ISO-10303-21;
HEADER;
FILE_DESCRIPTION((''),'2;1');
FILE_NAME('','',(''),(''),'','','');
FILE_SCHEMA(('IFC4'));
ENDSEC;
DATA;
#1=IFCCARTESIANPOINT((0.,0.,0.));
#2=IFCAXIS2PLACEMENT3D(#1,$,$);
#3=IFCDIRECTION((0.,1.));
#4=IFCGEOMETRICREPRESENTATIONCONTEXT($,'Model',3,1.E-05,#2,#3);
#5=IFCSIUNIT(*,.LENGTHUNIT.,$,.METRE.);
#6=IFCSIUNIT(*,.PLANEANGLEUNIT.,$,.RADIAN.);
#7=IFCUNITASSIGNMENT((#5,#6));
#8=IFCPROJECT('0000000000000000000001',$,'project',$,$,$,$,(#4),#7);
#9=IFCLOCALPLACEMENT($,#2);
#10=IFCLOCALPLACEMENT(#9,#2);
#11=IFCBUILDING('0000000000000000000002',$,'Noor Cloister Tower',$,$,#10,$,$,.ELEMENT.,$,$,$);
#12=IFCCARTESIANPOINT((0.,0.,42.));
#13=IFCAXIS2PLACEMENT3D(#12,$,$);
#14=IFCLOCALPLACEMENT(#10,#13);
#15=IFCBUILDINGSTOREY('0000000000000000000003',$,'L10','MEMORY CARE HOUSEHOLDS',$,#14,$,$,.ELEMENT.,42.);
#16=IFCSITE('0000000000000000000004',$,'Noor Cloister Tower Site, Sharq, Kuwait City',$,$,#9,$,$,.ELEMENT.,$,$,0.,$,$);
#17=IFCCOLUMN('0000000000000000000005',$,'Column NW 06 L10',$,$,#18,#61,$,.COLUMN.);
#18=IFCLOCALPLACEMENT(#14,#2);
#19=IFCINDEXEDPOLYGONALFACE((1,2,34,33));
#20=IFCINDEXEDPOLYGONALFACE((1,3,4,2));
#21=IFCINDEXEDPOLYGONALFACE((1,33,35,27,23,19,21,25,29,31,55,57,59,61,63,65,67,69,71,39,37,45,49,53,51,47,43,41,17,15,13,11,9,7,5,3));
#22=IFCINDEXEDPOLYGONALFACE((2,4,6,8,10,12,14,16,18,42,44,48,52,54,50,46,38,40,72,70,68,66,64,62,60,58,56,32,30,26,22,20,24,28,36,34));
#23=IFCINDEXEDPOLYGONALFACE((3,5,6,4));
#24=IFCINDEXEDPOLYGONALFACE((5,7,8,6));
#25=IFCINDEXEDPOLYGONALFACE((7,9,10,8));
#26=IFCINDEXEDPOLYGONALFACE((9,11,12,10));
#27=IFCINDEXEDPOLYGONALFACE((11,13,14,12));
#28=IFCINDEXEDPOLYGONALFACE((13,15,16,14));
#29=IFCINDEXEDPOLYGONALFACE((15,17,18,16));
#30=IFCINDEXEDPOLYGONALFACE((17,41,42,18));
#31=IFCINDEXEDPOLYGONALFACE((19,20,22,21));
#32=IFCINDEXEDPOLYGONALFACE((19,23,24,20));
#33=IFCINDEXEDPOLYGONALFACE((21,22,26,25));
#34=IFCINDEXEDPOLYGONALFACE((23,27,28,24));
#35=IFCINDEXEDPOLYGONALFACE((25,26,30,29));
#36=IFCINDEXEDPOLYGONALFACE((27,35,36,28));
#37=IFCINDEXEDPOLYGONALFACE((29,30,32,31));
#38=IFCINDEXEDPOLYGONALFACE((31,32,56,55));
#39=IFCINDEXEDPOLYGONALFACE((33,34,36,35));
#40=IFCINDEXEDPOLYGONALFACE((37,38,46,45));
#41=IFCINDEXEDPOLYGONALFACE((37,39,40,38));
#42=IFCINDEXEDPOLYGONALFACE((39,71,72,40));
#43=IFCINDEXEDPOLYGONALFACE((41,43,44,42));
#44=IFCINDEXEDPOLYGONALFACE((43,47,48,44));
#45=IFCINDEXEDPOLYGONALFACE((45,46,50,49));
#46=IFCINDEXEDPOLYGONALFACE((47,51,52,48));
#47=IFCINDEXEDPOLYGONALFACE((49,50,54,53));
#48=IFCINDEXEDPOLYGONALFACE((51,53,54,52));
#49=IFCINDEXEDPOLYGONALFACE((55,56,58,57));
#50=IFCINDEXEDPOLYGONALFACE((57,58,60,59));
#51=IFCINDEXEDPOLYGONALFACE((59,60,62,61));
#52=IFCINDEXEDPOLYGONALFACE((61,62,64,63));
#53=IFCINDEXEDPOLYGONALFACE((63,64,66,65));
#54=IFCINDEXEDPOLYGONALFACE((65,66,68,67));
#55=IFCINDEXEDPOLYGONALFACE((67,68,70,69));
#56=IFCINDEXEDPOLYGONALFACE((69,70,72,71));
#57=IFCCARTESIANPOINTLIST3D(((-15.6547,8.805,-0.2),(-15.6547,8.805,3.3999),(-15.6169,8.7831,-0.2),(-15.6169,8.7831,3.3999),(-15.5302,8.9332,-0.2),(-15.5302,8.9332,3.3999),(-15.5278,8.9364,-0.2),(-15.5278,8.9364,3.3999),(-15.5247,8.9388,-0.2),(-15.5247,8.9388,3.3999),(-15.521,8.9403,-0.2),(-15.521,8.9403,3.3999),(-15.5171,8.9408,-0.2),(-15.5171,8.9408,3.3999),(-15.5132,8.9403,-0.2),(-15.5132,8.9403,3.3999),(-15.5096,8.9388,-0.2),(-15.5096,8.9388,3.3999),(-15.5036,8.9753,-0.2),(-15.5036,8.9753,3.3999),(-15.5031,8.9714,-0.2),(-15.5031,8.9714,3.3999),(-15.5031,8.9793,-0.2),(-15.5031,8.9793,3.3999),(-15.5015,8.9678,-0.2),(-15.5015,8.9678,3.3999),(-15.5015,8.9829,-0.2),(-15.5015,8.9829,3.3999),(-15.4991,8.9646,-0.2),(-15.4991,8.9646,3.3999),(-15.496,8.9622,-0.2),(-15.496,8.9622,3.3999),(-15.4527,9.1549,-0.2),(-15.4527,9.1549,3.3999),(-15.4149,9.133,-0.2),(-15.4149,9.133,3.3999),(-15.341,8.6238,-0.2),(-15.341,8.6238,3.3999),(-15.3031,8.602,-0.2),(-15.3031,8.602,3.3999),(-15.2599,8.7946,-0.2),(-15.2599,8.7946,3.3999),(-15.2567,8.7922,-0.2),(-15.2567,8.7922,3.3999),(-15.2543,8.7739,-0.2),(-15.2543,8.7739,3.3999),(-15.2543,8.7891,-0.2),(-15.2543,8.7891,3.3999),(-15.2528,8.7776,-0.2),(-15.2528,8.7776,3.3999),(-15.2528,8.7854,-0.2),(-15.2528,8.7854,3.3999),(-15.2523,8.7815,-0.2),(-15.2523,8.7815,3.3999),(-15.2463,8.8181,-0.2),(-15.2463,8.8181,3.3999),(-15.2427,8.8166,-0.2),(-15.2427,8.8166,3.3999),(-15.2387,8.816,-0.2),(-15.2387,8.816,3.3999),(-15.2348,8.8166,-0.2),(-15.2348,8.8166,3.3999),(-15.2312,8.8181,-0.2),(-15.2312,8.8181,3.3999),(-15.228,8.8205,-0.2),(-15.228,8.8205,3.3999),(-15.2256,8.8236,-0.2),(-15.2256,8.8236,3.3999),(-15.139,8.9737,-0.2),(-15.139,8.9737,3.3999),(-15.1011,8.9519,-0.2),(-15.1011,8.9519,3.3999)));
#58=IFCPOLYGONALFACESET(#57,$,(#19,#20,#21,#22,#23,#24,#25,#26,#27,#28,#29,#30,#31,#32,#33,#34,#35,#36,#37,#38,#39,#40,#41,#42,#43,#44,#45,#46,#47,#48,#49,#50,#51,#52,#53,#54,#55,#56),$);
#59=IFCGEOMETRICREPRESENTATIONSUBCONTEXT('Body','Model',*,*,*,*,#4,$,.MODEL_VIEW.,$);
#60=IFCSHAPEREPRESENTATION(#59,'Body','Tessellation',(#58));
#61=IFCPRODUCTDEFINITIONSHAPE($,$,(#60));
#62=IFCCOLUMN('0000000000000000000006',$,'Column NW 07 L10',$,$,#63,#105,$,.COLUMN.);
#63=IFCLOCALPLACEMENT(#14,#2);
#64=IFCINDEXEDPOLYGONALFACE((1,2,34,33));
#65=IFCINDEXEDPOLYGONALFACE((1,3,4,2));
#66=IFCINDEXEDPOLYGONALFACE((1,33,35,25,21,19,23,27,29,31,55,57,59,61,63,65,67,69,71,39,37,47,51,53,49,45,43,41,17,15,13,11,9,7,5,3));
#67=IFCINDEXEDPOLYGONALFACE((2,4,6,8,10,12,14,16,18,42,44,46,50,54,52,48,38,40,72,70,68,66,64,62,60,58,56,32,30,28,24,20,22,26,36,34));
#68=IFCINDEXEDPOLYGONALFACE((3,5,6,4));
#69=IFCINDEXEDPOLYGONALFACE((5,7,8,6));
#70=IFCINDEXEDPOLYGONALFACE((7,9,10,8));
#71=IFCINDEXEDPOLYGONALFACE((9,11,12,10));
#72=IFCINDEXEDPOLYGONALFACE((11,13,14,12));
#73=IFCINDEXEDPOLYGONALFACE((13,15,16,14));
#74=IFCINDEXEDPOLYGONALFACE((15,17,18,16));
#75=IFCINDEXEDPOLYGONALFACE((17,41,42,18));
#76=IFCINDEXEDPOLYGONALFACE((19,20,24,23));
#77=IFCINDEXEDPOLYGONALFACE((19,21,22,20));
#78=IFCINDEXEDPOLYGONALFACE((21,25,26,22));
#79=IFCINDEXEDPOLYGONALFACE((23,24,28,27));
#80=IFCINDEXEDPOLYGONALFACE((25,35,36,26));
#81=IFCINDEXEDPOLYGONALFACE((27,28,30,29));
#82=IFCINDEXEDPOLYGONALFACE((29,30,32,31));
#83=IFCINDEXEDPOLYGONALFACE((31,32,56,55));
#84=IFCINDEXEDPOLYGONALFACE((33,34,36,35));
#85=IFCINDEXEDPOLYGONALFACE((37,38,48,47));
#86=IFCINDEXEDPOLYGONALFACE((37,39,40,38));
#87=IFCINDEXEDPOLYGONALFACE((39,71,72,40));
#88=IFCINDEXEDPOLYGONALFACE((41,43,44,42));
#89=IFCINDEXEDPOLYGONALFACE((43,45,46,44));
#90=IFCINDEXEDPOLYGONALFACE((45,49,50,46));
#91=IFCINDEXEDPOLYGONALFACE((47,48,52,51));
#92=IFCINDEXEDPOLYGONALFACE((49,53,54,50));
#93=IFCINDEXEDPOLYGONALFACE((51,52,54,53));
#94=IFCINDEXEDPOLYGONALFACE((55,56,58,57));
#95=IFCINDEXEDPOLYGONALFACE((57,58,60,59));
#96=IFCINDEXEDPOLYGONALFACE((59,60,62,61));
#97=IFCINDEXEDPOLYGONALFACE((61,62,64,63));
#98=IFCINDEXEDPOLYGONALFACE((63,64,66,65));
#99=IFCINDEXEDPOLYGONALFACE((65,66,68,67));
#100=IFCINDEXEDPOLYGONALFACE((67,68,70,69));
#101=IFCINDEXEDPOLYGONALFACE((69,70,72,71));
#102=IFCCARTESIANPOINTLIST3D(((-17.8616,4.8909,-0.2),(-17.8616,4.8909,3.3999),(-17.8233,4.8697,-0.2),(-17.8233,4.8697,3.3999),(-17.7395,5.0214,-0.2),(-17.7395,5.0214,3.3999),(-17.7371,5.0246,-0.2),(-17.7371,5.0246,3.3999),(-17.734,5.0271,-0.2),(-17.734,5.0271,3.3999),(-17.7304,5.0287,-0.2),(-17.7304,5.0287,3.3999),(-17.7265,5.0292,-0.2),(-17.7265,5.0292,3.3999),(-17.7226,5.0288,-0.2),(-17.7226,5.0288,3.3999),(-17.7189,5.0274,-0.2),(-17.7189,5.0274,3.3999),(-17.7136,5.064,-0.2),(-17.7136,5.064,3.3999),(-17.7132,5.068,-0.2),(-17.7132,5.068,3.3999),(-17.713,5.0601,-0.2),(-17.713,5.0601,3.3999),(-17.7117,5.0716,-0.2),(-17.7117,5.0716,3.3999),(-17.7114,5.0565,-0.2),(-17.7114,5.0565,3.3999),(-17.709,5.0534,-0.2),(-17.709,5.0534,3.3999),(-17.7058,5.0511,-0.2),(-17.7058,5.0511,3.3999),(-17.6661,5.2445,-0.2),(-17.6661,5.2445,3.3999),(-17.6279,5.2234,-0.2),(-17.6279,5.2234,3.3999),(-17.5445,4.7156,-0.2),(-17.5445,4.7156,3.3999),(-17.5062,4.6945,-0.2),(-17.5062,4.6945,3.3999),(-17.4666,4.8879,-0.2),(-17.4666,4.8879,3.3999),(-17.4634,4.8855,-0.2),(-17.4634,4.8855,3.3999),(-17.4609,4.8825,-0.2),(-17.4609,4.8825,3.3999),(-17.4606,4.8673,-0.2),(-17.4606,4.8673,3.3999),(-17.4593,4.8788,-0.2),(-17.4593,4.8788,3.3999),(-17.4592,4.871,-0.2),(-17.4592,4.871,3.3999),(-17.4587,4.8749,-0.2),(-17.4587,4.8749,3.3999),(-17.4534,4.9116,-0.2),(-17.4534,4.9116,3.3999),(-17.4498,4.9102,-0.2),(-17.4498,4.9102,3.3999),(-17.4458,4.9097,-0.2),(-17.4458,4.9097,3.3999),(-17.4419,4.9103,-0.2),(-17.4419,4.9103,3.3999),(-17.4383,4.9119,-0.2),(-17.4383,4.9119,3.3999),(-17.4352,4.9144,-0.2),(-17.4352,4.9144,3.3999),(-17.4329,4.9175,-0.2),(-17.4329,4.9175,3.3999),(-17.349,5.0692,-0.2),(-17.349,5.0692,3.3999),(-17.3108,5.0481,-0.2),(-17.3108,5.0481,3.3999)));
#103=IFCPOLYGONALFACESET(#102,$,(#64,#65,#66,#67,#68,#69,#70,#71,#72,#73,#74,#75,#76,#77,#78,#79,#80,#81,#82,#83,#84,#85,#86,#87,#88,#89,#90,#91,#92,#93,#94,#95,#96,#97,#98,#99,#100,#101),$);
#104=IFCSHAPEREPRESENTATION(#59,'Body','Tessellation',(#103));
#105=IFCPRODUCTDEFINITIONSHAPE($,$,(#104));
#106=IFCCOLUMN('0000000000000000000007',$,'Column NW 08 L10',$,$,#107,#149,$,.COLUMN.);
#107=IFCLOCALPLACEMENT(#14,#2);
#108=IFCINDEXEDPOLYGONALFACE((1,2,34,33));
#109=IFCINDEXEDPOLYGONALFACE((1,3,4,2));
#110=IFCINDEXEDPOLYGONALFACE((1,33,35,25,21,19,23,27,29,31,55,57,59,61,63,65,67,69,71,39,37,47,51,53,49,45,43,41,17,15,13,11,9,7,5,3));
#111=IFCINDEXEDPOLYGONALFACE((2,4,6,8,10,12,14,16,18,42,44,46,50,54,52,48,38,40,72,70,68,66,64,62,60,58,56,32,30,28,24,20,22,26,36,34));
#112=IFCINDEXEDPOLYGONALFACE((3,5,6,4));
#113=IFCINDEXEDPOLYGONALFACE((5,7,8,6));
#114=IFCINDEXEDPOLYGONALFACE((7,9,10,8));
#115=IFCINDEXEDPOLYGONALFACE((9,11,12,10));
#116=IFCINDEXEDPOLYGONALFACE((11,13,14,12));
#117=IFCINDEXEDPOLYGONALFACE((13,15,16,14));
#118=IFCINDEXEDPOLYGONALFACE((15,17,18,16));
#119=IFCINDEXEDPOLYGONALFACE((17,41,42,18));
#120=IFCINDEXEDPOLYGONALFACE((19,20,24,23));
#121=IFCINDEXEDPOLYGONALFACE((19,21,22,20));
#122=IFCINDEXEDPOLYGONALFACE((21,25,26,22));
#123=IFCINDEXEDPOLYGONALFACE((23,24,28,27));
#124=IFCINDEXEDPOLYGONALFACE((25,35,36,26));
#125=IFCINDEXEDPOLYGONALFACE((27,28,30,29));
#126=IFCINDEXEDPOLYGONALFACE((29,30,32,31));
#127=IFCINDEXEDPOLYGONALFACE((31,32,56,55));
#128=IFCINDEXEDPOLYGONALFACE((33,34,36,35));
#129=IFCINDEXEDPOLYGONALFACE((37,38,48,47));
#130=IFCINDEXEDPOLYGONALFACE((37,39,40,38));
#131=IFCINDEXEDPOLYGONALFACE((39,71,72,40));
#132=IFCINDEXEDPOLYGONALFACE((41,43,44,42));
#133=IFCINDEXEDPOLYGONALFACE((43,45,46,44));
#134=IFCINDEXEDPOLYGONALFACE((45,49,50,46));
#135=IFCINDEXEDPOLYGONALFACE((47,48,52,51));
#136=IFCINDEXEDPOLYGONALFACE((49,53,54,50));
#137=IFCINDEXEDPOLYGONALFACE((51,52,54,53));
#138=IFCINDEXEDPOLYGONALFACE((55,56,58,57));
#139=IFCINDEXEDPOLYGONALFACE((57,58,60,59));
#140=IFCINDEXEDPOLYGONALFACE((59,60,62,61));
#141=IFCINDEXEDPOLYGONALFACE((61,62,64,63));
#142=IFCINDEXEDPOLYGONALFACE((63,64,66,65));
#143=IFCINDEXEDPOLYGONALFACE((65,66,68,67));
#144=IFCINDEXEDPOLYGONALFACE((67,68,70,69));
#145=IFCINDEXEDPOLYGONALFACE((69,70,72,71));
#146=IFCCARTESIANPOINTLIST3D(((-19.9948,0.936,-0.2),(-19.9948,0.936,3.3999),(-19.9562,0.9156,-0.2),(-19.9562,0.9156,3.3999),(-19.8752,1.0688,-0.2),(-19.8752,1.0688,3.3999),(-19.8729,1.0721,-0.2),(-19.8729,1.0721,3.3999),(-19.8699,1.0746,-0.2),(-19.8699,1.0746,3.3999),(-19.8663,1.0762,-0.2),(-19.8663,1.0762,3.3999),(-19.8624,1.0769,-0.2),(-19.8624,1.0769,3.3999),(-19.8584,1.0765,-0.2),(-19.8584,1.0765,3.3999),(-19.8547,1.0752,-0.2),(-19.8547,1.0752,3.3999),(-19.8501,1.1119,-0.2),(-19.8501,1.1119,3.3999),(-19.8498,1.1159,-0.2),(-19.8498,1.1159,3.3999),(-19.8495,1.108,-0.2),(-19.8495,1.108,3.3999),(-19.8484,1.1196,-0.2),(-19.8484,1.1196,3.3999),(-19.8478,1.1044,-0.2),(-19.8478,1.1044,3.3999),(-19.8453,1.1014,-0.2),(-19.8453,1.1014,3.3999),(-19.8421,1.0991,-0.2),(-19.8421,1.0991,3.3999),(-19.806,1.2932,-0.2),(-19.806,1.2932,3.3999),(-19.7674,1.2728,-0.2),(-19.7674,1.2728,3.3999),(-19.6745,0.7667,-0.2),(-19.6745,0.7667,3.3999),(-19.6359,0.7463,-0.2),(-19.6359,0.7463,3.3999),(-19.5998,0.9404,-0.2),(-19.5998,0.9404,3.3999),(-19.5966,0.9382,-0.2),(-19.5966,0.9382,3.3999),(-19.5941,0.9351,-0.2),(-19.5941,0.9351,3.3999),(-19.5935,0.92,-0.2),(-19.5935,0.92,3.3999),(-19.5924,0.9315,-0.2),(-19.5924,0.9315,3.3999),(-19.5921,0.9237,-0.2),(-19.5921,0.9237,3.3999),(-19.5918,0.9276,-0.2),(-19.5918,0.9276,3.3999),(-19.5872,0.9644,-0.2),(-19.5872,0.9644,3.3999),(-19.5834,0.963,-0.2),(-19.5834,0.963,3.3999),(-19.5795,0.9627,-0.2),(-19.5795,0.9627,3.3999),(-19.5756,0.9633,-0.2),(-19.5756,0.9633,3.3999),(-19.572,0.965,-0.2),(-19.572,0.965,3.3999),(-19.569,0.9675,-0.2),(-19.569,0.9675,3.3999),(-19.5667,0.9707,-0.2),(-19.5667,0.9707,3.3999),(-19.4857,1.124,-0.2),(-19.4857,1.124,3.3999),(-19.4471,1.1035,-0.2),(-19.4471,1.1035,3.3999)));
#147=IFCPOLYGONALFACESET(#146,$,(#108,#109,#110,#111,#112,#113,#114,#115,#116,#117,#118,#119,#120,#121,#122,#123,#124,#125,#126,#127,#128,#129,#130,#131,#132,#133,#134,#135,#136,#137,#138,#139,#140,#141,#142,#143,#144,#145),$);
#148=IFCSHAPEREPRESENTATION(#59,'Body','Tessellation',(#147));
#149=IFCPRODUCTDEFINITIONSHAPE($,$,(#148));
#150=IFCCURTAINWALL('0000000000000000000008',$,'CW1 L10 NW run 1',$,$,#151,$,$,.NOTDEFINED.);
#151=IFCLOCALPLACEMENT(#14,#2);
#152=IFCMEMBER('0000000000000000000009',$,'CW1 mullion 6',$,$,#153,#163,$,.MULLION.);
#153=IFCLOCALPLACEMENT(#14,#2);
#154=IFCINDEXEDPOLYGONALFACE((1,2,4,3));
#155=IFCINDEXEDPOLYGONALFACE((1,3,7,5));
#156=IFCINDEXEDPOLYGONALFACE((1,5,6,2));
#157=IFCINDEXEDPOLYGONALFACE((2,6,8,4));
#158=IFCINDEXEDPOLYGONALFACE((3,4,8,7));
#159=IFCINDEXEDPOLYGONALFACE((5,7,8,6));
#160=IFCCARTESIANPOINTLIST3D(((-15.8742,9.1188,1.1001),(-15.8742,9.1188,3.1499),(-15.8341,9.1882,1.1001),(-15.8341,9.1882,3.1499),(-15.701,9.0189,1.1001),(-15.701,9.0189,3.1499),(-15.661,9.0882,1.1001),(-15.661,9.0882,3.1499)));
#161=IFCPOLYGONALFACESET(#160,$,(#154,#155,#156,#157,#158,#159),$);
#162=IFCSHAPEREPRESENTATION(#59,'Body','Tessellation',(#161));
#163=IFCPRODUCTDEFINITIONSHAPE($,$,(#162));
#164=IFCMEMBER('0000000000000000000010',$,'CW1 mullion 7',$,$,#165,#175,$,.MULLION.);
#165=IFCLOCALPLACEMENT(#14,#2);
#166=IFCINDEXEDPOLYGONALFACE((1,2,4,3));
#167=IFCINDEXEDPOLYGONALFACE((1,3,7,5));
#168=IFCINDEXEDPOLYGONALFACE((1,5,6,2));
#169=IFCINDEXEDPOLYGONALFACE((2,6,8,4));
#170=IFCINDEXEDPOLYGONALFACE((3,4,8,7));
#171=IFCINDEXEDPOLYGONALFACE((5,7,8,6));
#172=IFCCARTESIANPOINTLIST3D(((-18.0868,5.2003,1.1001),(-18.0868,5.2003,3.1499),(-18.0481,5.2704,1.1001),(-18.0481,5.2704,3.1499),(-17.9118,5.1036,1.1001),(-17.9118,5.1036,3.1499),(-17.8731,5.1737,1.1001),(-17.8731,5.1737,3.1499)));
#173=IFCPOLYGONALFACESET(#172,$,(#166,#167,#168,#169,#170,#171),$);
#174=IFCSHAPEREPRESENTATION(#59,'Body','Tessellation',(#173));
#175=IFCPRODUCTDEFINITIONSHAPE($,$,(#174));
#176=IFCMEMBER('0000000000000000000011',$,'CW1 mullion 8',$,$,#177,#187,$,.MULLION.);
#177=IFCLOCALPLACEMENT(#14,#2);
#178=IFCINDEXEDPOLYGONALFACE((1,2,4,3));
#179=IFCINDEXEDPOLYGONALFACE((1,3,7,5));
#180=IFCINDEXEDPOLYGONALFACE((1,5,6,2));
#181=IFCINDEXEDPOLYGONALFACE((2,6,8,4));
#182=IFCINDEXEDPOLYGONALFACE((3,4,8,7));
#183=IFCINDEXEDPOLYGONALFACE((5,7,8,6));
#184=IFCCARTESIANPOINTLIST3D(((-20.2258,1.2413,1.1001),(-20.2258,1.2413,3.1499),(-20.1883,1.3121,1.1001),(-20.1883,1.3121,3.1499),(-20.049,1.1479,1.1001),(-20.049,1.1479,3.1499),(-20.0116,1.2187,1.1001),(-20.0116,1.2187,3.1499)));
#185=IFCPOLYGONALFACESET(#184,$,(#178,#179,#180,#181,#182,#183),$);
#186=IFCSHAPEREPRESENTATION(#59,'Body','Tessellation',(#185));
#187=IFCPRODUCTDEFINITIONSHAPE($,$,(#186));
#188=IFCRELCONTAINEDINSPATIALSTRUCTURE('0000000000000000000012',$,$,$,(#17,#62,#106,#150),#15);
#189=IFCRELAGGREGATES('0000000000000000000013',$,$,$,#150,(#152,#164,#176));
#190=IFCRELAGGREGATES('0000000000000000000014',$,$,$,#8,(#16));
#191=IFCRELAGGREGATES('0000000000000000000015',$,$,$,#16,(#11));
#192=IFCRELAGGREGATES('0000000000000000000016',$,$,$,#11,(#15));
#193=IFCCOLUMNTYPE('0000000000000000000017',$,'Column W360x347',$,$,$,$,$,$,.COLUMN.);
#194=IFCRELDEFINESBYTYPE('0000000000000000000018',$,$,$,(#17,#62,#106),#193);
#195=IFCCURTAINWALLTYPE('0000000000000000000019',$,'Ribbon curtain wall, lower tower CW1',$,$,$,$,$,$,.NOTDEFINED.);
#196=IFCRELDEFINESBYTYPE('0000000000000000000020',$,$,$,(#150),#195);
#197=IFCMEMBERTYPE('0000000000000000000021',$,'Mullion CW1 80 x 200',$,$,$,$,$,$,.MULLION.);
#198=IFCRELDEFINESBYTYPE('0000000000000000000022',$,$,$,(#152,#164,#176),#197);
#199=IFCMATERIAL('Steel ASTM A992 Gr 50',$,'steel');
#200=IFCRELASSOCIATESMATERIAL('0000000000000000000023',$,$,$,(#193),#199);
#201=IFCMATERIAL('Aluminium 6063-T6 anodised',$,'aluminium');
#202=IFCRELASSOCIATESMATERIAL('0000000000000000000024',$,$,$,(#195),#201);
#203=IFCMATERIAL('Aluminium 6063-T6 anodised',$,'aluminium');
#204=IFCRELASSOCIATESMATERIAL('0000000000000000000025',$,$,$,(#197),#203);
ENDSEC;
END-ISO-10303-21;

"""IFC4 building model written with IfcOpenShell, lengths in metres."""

from ifc_helpers import new_model, si_unit, direction, frame, origin, origin_2d, place, context, subcontext, project, spatial, rectangle, i_section, extrude, material, material_profile, profile_set, type_object, element, aggregate, save


model = new_model("IFC4")

# Units and contexts
model_context = context("Model", 3, precision=1e-05, world=origin(), true_north=direction((0.0, 1.0)))
body_context = subcontext(model_context, "Body", "Model", "MODEL_VIEW")
ifc_project = project(units=[si_unit("LENGTHUNIT", "METRE"), si_unit("PLANEANGLEUNIT", "RADIAN")], contexts=[model_context])

# Site, building, storey
site_placement = place(None, origin())
site = spatial("IfcSite", under=ifc_project, at=site_placement, Name="Noor Cloister Tower Site, Sharq, Kuwait City", CompositionType="ELEMENT", RefElevation=0.0)
building_placement = place(site_placement, origin())
building = spatial("IfcBuilding", under=site, at=building_placement, Name="Noor Cloister Tower", CompositionType="ELEMENT")
storey_placement = place(building_placement, frame((0.0, 0.0, 42.0)))
storey = spatial("IfcBuildingStorey", under=building, at=storey_placement, Name="L10", Description="MEMORY CARE HOUSEHOLDS", CompositionType="ELEMENT", Elevation=42.0)

# Columns
ifc_material_1 = material(Name="Steel ASTM A992 Gr 50", Category="steel")
ifc_material_profile_1 = material_profile(ifc_material_1, i_section(OverallWidth=0.4041, OverallDepth=0.406, WebThickness=0.0271, FlangeThickness=0.0437, FilletRadius=0.0151, at=origin_2d()), Name="W360x347")
ifc_profile_set_1 = profile_set([ifc_material_profile_1], Name="Steel ASTM A992 Gr 50")
column_type = type_object("IfcColumnType", Name="Column W360x347", PredefinedType="COLUMN", material=ifc_profile_set_1)
for number, where, z_axis, x_axis, name in (
    (1, (-15.3779, 8.8784, -0.2), (0.0, 0.0, 1.0), (-0.5, -0.866025, 0.0), "Column NW 06 L10"),
    (2, (-17.5862, 4.9695, -0.2), (0.0, 0.0, 1.0), (-0.483695, -0.875237, 0.0), "Column NW 07 L10"),
    (3, (-19.7209, 1.0198, -0.2), (0.0, 0.0, 1.0), (-0.46722, -0.884141, 0.0), "Column NW 08 L10"),
):
    element("IfcColumn", number, at=place(storey_placement, frame(where, z_axis=z_axis, x_axis=x_axis)), inside=storey, type_object=column_type, Name=name, PredefinedType="COLUMN", context=body_context, shape_type="SweptSolid", body=[
        extrude(i_section(OverallWidth=0.4041, OverallDepth=0.406, WebThickness=0.0271, FlangeThickness=0.0437, FilletRadius=0.0151, at=origin_2d()), origin(), (0.0, 0.0, 1.0), 3.5999),
    ])

# Curtain wall, members
ifc_material_2 = material(Name="Aluminium 6063-T6 anodised", Category="aluminium")
curtain_wall_type = type_object("IfcCurtainWallType", Name="Ribbon curtain wall, lower tower CW1", PredefinedType="NOTDEFINED", material=ifc_material_2)
curtain_wall_placement = place(storey_placement, origin())
curtain_wall = element("IfcCurtainWall", 4, at=curtain_wall_placement, inside=storey, type_object=curtain_wall_type, Name="CW1 L10 NW run 1", PredefinedType="NOTDEFINED")
ifc_material_3 = material(Name="Aluminium 6063-T6 anodised", Category="aluminium")
ifc_material_profile_2 = material_profile(ifc_material_3, rectangle(XDim=0.2, YDim=0.0801, at=origin_2d()), Name="200 x 80 mullion")
ifc_profile_set_2 = profile_set([ifc_material_profile_2], Name="Aluminium 6063-T6 anodised")
member_type = type_object("IfcMemberType", Name="Mullion CW1 80 x 200", PredefinedType="MULLION", material=ifc_profile_set_2)
member_1_placement = place(storey_placement, frame((-15.7676, 9.1035, 1.1001), z_axis=(0.0, 0.0, 1.0), x_axis=(0.866025, -0.5, 0.0)))
member_1 = element("IfcMember", 5, at=member_1_placement, type_object=member_type, Name="CW1 mullion 6", PredefinedType="MULLION", context=body_context, shape_type="SweptSolid", body=[
    extrude(rectangle(XDim=0.2, YDim=0.0801, at=origin_2d()), origin(), (0.0, 0.0, 1.0), 2.0498),
])
member_2_placement = place(storey_placement, frame((-17.98, 5.187, 1.1001), z_axis=(0.0, 0.0, 1.0), x_axis=(0.875237, -0.483695, 0.0)))
member_2 = element("IfcMember", 6, at=member_2_placement, type_object=member_type, Name="CW1 mullion 7", PredefinedType="MULLION", context=body_context, shape_type="SweptSolid", body=[
    extrude(rectangle(XDim=0.2, YDim=0.0801, at=origin_2d()), origin(), (0.0, 0.0, 1.0), 2.0498),
])
member_3_placement = place(storey_placement, frame((-20.1187, 1.23, 1.1001), z_axis=(0.0, 0.0, 1.0), x_axis=(0.884141, -0.46722, 0.0)))
member_3 = element("IfcMember", 7, at=member_3_placement, type_object=member_type, Name="CW1 mullion 8", PredefinedType="MULLION", context=body_context, shape_type="SweptSolid", body=[
    extrude(rectangle(XDim=0.2, YDim=0.0801, at=origin_2d()), origin(), (0.0, 0.0, 1.0), 2.0498),
])

aggregate(curtain_wall, [member_1, member_2, member_3])

save(model, "model.ifc")
